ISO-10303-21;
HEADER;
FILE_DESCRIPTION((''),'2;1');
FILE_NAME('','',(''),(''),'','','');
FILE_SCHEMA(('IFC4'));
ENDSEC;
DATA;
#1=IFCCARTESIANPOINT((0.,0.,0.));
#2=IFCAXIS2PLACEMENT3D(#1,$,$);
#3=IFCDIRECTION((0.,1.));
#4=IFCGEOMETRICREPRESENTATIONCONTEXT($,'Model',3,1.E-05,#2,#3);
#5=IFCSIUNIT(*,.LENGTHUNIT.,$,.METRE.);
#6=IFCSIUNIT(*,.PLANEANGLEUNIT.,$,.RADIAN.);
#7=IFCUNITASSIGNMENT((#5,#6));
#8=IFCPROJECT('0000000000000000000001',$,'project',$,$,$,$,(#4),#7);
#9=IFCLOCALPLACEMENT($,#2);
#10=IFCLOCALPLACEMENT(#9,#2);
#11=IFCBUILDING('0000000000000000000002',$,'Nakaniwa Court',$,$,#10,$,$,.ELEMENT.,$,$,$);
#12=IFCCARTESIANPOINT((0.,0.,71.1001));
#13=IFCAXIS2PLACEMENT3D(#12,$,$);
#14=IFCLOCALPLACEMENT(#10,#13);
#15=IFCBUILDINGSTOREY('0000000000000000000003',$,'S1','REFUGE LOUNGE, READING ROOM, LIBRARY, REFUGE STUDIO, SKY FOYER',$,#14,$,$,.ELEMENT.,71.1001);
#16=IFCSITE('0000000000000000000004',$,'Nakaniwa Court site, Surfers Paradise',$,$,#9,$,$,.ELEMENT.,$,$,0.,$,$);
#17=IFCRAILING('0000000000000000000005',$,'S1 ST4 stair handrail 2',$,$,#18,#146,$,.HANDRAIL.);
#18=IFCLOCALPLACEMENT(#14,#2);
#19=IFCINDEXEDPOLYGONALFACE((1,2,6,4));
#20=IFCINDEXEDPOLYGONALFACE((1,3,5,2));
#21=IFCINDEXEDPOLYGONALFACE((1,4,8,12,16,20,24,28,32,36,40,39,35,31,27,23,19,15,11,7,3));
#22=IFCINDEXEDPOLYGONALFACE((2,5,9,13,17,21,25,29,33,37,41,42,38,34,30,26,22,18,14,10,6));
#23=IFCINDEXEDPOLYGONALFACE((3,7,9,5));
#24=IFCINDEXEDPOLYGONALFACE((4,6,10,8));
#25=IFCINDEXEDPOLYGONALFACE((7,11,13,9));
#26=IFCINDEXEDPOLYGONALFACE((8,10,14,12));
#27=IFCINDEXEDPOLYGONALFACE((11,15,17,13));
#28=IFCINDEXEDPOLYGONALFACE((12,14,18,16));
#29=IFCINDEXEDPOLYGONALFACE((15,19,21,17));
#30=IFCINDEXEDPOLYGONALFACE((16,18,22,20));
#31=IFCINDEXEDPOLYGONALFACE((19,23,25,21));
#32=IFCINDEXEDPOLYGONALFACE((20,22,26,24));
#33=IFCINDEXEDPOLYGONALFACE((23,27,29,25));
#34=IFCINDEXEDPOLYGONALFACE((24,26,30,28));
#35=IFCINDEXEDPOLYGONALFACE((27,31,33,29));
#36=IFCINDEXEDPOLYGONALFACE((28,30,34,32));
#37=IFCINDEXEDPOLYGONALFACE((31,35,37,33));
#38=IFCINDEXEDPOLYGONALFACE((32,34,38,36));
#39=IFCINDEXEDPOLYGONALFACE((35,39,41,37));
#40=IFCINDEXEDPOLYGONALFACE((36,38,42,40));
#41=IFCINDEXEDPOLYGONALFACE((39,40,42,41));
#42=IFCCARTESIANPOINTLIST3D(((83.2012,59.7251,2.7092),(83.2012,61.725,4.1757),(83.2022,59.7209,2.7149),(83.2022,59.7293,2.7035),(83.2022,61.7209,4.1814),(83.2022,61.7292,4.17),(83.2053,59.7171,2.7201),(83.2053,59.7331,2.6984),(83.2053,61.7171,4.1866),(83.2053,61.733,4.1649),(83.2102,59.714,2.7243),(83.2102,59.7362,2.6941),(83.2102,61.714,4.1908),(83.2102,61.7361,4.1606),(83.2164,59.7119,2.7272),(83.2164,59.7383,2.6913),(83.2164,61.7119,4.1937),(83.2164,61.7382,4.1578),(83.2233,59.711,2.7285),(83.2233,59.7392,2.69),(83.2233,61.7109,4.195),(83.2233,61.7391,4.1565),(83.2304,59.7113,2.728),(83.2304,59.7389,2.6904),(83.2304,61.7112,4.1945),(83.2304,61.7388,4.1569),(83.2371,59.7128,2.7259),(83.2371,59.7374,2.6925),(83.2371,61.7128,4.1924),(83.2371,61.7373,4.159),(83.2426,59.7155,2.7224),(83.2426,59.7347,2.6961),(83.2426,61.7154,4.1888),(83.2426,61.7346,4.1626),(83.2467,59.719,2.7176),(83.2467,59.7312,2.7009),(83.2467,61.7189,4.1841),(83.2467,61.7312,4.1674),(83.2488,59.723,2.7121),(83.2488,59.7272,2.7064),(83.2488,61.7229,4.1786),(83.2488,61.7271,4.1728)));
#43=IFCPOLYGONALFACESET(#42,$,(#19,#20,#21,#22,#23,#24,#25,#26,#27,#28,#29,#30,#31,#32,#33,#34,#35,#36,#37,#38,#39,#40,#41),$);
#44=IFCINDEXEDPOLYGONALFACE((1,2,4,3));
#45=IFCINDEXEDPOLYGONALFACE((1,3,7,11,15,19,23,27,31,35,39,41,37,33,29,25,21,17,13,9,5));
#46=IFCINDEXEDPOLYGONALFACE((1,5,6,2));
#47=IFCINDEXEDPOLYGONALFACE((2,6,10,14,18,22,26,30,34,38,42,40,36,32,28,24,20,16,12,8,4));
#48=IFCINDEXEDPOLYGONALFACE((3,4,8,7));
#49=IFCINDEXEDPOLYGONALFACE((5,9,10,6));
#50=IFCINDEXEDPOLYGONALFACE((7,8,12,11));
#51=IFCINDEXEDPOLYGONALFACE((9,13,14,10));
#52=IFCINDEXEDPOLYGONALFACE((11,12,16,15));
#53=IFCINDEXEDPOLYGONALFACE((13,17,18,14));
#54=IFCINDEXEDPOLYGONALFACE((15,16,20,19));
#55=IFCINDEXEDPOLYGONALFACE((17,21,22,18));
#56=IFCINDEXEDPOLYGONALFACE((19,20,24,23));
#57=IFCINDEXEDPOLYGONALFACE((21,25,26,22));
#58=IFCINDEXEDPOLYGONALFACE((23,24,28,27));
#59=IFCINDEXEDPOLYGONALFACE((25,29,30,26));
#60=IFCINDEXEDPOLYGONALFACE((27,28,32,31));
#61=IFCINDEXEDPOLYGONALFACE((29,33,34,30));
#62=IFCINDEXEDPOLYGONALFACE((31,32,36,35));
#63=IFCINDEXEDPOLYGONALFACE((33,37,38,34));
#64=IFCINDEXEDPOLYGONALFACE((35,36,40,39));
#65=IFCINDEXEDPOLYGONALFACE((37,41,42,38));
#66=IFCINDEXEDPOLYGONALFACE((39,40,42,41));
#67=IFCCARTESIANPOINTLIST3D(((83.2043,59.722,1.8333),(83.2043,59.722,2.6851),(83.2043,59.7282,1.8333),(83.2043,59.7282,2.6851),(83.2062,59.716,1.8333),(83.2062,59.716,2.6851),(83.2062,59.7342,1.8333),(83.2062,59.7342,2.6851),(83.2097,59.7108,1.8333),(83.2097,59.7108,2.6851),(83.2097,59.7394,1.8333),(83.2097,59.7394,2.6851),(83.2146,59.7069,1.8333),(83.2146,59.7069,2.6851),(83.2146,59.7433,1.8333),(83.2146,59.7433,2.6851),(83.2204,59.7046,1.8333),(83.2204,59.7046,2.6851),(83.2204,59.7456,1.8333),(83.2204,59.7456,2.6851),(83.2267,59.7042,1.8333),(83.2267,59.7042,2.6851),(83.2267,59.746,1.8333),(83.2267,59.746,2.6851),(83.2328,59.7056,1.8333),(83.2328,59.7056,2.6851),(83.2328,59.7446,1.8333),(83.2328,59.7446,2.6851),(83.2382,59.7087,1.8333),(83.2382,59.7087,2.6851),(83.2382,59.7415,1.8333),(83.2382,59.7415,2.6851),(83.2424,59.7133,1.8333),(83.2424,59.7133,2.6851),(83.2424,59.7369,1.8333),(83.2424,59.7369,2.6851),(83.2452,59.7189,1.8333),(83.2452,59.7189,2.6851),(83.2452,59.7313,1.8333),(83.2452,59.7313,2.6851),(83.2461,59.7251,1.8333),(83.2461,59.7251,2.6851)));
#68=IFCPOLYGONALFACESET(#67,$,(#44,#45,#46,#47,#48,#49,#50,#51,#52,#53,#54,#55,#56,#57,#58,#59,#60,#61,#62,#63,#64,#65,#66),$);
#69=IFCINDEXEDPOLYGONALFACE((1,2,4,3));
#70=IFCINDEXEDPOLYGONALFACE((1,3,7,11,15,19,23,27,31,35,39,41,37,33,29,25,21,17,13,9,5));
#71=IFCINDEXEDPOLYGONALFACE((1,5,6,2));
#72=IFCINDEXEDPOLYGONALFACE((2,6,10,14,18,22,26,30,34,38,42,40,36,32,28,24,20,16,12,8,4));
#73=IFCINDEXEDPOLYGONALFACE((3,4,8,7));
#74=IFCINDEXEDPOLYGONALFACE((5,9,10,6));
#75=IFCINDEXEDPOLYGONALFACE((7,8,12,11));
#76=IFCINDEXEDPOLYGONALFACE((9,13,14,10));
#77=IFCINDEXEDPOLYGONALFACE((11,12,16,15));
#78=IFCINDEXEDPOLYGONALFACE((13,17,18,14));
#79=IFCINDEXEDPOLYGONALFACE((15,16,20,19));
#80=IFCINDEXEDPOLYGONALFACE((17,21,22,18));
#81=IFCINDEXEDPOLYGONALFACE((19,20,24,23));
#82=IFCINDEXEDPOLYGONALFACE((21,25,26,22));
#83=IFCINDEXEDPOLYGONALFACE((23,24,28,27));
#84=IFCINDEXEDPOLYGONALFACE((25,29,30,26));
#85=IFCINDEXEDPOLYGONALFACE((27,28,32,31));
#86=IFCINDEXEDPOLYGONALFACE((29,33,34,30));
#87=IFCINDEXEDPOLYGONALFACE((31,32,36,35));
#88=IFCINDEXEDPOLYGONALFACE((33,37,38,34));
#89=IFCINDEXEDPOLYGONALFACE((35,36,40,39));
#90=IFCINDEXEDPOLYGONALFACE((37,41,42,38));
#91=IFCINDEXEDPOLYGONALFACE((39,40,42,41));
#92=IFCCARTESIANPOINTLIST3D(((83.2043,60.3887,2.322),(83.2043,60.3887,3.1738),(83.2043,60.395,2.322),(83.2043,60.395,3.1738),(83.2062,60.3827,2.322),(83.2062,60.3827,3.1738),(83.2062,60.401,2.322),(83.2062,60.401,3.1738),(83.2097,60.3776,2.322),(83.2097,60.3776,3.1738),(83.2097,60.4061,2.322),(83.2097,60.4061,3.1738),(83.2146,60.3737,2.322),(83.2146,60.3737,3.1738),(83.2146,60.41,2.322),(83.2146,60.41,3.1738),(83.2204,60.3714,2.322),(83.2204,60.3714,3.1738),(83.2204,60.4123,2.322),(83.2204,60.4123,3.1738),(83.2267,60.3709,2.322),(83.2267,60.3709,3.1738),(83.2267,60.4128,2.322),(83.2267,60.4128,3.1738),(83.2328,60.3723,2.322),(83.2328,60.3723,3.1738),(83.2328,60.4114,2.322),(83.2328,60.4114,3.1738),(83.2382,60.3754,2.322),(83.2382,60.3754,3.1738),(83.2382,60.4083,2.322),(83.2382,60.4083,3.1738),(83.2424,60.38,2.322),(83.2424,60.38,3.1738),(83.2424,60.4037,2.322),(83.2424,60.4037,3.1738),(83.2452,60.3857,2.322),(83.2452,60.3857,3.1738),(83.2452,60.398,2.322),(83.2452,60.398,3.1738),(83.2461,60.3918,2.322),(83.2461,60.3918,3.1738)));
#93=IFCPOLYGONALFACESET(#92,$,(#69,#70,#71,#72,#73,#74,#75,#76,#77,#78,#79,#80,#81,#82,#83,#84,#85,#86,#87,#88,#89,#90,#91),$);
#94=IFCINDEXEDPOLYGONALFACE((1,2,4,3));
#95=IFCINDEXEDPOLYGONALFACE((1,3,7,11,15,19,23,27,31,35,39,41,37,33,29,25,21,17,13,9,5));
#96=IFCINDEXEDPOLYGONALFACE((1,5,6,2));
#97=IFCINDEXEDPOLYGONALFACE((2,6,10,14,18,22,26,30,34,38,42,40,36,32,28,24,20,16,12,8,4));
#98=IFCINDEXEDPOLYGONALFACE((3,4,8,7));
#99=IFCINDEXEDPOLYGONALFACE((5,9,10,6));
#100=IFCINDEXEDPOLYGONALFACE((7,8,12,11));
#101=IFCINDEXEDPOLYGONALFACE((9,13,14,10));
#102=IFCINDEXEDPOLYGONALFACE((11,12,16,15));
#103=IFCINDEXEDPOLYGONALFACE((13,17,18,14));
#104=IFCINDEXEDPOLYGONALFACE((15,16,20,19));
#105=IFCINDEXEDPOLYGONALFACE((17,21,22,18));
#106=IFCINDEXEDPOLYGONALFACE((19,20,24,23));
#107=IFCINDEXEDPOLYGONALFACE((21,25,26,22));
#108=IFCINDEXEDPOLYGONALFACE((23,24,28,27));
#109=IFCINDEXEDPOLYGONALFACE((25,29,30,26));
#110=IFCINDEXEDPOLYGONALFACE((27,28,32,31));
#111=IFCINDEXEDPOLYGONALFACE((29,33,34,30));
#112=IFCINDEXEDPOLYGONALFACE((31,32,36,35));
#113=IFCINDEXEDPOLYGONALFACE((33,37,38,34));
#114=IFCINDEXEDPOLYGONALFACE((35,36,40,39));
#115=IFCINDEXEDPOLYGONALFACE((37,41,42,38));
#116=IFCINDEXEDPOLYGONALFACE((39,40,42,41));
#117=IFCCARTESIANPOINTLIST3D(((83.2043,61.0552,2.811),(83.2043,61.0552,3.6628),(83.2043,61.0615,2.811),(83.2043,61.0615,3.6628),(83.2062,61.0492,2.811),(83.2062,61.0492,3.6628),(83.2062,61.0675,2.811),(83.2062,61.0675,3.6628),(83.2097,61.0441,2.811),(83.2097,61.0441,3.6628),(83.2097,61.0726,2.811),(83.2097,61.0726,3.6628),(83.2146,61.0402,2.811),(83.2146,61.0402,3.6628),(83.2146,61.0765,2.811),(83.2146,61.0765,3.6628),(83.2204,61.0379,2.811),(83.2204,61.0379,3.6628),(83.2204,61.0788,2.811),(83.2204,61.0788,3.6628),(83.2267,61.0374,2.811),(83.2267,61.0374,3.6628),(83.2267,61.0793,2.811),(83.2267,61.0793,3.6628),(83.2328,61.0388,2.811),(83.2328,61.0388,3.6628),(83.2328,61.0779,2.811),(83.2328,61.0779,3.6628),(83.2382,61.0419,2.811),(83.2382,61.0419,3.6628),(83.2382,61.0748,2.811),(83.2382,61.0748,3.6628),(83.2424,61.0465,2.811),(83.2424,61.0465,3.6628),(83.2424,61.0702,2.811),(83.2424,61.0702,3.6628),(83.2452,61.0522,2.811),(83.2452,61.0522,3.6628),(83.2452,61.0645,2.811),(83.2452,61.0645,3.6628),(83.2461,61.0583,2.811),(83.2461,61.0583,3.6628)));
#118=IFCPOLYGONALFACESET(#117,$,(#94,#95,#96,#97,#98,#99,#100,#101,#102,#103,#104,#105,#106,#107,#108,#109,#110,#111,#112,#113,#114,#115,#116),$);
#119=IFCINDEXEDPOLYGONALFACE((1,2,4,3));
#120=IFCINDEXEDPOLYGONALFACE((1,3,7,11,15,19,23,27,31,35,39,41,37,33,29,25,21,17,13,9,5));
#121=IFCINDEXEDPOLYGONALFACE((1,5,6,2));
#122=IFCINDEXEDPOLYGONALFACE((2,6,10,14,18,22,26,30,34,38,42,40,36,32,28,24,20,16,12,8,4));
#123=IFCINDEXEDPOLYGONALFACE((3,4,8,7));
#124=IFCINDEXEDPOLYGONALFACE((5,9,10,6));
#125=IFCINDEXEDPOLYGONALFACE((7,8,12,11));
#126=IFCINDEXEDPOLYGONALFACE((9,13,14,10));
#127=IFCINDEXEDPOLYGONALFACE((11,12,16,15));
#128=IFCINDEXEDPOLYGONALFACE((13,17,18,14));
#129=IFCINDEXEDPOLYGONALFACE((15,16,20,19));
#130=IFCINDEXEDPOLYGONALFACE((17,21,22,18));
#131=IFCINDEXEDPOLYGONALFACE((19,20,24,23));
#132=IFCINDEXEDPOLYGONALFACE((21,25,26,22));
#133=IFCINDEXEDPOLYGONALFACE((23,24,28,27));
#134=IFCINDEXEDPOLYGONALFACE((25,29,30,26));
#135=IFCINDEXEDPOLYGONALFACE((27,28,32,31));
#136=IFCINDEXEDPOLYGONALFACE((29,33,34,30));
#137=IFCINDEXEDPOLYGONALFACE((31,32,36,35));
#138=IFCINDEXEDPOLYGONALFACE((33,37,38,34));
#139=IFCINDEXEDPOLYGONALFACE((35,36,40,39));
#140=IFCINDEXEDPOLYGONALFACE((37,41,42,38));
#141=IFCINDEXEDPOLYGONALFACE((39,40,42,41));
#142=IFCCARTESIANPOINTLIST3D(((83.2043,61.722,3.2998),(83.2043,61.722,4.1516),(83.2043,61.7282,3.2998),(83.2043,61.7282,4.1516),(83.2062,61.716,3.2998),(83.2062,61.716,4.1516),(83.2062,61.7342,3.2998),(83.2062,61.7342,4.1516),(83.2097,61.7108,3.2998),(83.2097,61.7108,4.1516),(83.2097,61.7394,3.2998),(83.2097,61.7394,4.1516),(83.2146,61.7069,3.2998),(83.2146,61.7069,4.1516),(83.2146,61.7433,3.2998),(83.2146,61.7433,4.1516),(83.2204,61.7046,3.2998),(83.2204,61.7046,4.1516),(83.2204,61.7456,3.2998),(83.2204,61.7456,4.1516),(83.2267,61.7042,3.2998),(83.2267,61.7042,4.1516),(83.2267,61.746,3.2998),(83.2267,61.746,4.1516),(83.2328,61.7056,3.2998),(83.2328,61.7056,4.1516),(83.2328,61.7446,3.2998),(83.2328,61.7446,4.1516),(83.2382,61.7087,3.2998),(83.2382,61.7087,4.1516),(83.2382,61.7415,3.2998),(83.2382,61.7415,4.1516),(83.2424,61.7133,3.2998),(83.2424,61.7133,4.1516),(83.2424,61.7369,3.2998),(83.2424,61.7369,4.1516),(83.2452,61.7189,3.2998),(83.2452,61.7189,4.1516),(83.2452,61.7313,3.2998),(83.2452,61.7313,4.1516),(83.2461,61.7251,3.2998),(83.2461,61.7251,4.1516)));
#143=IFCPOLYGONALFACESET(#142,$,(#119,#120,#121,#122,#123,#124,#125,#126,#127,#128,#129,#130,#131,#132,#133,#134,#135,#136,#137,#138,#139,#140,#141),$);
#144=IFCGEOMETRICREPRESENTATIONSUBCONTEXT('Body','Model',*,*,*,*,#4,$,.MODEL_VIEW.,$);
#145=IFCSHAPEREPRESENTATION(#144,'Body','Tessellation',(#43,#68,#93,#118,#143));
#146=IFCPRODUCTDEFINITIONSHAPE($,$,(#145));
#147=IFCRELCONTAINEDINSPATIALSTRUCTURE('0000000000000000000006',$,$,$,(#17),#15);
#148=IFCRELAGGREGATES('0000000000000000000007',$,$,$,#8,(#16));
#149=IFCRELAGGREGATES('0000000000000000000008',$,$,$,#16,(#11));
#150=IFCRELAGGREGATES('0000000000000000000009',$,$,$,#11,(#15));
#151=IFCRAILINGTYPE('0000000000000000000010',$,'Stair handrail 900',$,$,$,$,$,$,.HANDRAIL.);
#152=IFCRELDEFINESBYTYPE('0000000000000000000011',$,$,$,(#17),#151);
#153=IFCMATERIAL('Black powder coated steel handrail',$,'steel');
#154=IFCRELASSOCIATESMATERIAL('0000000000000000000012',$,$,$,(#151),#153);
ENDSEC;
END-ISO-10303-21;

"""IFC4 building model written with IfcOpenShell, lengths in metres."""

from ifc_helpers import new_model, si_unit, direction, frame, origin, origin_2d, place, context, subcontext, project, spatial, circle, extrude, material, type_object, element, save


model = new_model("IFC4")

# Units and contexts
model_context = context("Model", 3, precision=1e-05, world=origin(), true_north=direction((0.0, 1.0)))
body_context = subcontext(model_context, "Body", "Model", "MODEL_VIEW")
ifc_project = project(units=[si_unit("LENGTHUNIT", "METRE"), si_unit("PLANEANGLEUNIT", "RADIAN")], contexts=[model_context])

# Site, building, storey
site_placement = place(None, origin())
site = spatial("IfcSite", under=ifc_project, at=site_placement, Name="Nakaniwa Court site, Surfers Paradise", CompositionType="ELEMENT", RefElevation=0.0)
building_placement = place(site_placement, origin())
building = spatial("IfcBuilding", under=site, at=building_placement, Name="Nakaniwa Court", CompositionType="ELEMENT")
storey_placement = place(building_placement, frame((0.0, 0.0, 71.1001)))
storey = spatial("IfcBuildingStorey", under=building, at=storey_placement, Name="S1", Description="REFUGE LOUNGE, READING ROOM, LIBRARY, REFUGE STUDIO, SKY FOYER", CompositionType="ELEMENT", Elevation=71.1001)

# Railing
ifc_material_1 = material(Name="Black powder coated steel handrail", Category="steel")
railing_type_1 = type_object("IfcRailingType", Name="Stair handrail 900", PredefinedType="HANDRAIL", material=ifc_material_1)
railing_1_placement = place(storey_placement, frame((83.2251, 59.7251, 1.8333)))
element("IfcRailing", 1, at=railing_1_placement, inside=storey, type_object=railing_type_1, Name="S1 ST4 stair handrail 2", PredefinedType="HANDRAIL", context=body_context, shape_type="SweptSolid", body=[
    extrude(circle(Radius=0.0239, at=origin_2d()), frame((0.0, 0.0, 0.876), z_axis=(0.0, 0.806427, 0.591334), x_axis=(-1.0, 0.0, 0.0)), (0.0, 0.0, 1.0), 2.48),
    extrude(circle(Radius=0.021, at=origin_2d()), origin(), (0.0, 0.0, 1.0), 0.8518),
    extrude(circle(Radius=0.021, at=origin_2d()), frame((0.0, 0.6667, 0.4888)), (0.0, 0.0, 1.0), 0.8518),
    extrude(circle(Radius=0.021, at=origin_2d()), frame((0.0, 1.3333, 0.9778)), (0.0, 0.0, 1.0), 0.8518),
    extrude(circle(Radius=0.021, at=origin_2d()), frame((0.0, 2.0, 1.4666)), (0.0, 0.0, 1.0), 0.8518),
])

save(model, "model.ifc")
